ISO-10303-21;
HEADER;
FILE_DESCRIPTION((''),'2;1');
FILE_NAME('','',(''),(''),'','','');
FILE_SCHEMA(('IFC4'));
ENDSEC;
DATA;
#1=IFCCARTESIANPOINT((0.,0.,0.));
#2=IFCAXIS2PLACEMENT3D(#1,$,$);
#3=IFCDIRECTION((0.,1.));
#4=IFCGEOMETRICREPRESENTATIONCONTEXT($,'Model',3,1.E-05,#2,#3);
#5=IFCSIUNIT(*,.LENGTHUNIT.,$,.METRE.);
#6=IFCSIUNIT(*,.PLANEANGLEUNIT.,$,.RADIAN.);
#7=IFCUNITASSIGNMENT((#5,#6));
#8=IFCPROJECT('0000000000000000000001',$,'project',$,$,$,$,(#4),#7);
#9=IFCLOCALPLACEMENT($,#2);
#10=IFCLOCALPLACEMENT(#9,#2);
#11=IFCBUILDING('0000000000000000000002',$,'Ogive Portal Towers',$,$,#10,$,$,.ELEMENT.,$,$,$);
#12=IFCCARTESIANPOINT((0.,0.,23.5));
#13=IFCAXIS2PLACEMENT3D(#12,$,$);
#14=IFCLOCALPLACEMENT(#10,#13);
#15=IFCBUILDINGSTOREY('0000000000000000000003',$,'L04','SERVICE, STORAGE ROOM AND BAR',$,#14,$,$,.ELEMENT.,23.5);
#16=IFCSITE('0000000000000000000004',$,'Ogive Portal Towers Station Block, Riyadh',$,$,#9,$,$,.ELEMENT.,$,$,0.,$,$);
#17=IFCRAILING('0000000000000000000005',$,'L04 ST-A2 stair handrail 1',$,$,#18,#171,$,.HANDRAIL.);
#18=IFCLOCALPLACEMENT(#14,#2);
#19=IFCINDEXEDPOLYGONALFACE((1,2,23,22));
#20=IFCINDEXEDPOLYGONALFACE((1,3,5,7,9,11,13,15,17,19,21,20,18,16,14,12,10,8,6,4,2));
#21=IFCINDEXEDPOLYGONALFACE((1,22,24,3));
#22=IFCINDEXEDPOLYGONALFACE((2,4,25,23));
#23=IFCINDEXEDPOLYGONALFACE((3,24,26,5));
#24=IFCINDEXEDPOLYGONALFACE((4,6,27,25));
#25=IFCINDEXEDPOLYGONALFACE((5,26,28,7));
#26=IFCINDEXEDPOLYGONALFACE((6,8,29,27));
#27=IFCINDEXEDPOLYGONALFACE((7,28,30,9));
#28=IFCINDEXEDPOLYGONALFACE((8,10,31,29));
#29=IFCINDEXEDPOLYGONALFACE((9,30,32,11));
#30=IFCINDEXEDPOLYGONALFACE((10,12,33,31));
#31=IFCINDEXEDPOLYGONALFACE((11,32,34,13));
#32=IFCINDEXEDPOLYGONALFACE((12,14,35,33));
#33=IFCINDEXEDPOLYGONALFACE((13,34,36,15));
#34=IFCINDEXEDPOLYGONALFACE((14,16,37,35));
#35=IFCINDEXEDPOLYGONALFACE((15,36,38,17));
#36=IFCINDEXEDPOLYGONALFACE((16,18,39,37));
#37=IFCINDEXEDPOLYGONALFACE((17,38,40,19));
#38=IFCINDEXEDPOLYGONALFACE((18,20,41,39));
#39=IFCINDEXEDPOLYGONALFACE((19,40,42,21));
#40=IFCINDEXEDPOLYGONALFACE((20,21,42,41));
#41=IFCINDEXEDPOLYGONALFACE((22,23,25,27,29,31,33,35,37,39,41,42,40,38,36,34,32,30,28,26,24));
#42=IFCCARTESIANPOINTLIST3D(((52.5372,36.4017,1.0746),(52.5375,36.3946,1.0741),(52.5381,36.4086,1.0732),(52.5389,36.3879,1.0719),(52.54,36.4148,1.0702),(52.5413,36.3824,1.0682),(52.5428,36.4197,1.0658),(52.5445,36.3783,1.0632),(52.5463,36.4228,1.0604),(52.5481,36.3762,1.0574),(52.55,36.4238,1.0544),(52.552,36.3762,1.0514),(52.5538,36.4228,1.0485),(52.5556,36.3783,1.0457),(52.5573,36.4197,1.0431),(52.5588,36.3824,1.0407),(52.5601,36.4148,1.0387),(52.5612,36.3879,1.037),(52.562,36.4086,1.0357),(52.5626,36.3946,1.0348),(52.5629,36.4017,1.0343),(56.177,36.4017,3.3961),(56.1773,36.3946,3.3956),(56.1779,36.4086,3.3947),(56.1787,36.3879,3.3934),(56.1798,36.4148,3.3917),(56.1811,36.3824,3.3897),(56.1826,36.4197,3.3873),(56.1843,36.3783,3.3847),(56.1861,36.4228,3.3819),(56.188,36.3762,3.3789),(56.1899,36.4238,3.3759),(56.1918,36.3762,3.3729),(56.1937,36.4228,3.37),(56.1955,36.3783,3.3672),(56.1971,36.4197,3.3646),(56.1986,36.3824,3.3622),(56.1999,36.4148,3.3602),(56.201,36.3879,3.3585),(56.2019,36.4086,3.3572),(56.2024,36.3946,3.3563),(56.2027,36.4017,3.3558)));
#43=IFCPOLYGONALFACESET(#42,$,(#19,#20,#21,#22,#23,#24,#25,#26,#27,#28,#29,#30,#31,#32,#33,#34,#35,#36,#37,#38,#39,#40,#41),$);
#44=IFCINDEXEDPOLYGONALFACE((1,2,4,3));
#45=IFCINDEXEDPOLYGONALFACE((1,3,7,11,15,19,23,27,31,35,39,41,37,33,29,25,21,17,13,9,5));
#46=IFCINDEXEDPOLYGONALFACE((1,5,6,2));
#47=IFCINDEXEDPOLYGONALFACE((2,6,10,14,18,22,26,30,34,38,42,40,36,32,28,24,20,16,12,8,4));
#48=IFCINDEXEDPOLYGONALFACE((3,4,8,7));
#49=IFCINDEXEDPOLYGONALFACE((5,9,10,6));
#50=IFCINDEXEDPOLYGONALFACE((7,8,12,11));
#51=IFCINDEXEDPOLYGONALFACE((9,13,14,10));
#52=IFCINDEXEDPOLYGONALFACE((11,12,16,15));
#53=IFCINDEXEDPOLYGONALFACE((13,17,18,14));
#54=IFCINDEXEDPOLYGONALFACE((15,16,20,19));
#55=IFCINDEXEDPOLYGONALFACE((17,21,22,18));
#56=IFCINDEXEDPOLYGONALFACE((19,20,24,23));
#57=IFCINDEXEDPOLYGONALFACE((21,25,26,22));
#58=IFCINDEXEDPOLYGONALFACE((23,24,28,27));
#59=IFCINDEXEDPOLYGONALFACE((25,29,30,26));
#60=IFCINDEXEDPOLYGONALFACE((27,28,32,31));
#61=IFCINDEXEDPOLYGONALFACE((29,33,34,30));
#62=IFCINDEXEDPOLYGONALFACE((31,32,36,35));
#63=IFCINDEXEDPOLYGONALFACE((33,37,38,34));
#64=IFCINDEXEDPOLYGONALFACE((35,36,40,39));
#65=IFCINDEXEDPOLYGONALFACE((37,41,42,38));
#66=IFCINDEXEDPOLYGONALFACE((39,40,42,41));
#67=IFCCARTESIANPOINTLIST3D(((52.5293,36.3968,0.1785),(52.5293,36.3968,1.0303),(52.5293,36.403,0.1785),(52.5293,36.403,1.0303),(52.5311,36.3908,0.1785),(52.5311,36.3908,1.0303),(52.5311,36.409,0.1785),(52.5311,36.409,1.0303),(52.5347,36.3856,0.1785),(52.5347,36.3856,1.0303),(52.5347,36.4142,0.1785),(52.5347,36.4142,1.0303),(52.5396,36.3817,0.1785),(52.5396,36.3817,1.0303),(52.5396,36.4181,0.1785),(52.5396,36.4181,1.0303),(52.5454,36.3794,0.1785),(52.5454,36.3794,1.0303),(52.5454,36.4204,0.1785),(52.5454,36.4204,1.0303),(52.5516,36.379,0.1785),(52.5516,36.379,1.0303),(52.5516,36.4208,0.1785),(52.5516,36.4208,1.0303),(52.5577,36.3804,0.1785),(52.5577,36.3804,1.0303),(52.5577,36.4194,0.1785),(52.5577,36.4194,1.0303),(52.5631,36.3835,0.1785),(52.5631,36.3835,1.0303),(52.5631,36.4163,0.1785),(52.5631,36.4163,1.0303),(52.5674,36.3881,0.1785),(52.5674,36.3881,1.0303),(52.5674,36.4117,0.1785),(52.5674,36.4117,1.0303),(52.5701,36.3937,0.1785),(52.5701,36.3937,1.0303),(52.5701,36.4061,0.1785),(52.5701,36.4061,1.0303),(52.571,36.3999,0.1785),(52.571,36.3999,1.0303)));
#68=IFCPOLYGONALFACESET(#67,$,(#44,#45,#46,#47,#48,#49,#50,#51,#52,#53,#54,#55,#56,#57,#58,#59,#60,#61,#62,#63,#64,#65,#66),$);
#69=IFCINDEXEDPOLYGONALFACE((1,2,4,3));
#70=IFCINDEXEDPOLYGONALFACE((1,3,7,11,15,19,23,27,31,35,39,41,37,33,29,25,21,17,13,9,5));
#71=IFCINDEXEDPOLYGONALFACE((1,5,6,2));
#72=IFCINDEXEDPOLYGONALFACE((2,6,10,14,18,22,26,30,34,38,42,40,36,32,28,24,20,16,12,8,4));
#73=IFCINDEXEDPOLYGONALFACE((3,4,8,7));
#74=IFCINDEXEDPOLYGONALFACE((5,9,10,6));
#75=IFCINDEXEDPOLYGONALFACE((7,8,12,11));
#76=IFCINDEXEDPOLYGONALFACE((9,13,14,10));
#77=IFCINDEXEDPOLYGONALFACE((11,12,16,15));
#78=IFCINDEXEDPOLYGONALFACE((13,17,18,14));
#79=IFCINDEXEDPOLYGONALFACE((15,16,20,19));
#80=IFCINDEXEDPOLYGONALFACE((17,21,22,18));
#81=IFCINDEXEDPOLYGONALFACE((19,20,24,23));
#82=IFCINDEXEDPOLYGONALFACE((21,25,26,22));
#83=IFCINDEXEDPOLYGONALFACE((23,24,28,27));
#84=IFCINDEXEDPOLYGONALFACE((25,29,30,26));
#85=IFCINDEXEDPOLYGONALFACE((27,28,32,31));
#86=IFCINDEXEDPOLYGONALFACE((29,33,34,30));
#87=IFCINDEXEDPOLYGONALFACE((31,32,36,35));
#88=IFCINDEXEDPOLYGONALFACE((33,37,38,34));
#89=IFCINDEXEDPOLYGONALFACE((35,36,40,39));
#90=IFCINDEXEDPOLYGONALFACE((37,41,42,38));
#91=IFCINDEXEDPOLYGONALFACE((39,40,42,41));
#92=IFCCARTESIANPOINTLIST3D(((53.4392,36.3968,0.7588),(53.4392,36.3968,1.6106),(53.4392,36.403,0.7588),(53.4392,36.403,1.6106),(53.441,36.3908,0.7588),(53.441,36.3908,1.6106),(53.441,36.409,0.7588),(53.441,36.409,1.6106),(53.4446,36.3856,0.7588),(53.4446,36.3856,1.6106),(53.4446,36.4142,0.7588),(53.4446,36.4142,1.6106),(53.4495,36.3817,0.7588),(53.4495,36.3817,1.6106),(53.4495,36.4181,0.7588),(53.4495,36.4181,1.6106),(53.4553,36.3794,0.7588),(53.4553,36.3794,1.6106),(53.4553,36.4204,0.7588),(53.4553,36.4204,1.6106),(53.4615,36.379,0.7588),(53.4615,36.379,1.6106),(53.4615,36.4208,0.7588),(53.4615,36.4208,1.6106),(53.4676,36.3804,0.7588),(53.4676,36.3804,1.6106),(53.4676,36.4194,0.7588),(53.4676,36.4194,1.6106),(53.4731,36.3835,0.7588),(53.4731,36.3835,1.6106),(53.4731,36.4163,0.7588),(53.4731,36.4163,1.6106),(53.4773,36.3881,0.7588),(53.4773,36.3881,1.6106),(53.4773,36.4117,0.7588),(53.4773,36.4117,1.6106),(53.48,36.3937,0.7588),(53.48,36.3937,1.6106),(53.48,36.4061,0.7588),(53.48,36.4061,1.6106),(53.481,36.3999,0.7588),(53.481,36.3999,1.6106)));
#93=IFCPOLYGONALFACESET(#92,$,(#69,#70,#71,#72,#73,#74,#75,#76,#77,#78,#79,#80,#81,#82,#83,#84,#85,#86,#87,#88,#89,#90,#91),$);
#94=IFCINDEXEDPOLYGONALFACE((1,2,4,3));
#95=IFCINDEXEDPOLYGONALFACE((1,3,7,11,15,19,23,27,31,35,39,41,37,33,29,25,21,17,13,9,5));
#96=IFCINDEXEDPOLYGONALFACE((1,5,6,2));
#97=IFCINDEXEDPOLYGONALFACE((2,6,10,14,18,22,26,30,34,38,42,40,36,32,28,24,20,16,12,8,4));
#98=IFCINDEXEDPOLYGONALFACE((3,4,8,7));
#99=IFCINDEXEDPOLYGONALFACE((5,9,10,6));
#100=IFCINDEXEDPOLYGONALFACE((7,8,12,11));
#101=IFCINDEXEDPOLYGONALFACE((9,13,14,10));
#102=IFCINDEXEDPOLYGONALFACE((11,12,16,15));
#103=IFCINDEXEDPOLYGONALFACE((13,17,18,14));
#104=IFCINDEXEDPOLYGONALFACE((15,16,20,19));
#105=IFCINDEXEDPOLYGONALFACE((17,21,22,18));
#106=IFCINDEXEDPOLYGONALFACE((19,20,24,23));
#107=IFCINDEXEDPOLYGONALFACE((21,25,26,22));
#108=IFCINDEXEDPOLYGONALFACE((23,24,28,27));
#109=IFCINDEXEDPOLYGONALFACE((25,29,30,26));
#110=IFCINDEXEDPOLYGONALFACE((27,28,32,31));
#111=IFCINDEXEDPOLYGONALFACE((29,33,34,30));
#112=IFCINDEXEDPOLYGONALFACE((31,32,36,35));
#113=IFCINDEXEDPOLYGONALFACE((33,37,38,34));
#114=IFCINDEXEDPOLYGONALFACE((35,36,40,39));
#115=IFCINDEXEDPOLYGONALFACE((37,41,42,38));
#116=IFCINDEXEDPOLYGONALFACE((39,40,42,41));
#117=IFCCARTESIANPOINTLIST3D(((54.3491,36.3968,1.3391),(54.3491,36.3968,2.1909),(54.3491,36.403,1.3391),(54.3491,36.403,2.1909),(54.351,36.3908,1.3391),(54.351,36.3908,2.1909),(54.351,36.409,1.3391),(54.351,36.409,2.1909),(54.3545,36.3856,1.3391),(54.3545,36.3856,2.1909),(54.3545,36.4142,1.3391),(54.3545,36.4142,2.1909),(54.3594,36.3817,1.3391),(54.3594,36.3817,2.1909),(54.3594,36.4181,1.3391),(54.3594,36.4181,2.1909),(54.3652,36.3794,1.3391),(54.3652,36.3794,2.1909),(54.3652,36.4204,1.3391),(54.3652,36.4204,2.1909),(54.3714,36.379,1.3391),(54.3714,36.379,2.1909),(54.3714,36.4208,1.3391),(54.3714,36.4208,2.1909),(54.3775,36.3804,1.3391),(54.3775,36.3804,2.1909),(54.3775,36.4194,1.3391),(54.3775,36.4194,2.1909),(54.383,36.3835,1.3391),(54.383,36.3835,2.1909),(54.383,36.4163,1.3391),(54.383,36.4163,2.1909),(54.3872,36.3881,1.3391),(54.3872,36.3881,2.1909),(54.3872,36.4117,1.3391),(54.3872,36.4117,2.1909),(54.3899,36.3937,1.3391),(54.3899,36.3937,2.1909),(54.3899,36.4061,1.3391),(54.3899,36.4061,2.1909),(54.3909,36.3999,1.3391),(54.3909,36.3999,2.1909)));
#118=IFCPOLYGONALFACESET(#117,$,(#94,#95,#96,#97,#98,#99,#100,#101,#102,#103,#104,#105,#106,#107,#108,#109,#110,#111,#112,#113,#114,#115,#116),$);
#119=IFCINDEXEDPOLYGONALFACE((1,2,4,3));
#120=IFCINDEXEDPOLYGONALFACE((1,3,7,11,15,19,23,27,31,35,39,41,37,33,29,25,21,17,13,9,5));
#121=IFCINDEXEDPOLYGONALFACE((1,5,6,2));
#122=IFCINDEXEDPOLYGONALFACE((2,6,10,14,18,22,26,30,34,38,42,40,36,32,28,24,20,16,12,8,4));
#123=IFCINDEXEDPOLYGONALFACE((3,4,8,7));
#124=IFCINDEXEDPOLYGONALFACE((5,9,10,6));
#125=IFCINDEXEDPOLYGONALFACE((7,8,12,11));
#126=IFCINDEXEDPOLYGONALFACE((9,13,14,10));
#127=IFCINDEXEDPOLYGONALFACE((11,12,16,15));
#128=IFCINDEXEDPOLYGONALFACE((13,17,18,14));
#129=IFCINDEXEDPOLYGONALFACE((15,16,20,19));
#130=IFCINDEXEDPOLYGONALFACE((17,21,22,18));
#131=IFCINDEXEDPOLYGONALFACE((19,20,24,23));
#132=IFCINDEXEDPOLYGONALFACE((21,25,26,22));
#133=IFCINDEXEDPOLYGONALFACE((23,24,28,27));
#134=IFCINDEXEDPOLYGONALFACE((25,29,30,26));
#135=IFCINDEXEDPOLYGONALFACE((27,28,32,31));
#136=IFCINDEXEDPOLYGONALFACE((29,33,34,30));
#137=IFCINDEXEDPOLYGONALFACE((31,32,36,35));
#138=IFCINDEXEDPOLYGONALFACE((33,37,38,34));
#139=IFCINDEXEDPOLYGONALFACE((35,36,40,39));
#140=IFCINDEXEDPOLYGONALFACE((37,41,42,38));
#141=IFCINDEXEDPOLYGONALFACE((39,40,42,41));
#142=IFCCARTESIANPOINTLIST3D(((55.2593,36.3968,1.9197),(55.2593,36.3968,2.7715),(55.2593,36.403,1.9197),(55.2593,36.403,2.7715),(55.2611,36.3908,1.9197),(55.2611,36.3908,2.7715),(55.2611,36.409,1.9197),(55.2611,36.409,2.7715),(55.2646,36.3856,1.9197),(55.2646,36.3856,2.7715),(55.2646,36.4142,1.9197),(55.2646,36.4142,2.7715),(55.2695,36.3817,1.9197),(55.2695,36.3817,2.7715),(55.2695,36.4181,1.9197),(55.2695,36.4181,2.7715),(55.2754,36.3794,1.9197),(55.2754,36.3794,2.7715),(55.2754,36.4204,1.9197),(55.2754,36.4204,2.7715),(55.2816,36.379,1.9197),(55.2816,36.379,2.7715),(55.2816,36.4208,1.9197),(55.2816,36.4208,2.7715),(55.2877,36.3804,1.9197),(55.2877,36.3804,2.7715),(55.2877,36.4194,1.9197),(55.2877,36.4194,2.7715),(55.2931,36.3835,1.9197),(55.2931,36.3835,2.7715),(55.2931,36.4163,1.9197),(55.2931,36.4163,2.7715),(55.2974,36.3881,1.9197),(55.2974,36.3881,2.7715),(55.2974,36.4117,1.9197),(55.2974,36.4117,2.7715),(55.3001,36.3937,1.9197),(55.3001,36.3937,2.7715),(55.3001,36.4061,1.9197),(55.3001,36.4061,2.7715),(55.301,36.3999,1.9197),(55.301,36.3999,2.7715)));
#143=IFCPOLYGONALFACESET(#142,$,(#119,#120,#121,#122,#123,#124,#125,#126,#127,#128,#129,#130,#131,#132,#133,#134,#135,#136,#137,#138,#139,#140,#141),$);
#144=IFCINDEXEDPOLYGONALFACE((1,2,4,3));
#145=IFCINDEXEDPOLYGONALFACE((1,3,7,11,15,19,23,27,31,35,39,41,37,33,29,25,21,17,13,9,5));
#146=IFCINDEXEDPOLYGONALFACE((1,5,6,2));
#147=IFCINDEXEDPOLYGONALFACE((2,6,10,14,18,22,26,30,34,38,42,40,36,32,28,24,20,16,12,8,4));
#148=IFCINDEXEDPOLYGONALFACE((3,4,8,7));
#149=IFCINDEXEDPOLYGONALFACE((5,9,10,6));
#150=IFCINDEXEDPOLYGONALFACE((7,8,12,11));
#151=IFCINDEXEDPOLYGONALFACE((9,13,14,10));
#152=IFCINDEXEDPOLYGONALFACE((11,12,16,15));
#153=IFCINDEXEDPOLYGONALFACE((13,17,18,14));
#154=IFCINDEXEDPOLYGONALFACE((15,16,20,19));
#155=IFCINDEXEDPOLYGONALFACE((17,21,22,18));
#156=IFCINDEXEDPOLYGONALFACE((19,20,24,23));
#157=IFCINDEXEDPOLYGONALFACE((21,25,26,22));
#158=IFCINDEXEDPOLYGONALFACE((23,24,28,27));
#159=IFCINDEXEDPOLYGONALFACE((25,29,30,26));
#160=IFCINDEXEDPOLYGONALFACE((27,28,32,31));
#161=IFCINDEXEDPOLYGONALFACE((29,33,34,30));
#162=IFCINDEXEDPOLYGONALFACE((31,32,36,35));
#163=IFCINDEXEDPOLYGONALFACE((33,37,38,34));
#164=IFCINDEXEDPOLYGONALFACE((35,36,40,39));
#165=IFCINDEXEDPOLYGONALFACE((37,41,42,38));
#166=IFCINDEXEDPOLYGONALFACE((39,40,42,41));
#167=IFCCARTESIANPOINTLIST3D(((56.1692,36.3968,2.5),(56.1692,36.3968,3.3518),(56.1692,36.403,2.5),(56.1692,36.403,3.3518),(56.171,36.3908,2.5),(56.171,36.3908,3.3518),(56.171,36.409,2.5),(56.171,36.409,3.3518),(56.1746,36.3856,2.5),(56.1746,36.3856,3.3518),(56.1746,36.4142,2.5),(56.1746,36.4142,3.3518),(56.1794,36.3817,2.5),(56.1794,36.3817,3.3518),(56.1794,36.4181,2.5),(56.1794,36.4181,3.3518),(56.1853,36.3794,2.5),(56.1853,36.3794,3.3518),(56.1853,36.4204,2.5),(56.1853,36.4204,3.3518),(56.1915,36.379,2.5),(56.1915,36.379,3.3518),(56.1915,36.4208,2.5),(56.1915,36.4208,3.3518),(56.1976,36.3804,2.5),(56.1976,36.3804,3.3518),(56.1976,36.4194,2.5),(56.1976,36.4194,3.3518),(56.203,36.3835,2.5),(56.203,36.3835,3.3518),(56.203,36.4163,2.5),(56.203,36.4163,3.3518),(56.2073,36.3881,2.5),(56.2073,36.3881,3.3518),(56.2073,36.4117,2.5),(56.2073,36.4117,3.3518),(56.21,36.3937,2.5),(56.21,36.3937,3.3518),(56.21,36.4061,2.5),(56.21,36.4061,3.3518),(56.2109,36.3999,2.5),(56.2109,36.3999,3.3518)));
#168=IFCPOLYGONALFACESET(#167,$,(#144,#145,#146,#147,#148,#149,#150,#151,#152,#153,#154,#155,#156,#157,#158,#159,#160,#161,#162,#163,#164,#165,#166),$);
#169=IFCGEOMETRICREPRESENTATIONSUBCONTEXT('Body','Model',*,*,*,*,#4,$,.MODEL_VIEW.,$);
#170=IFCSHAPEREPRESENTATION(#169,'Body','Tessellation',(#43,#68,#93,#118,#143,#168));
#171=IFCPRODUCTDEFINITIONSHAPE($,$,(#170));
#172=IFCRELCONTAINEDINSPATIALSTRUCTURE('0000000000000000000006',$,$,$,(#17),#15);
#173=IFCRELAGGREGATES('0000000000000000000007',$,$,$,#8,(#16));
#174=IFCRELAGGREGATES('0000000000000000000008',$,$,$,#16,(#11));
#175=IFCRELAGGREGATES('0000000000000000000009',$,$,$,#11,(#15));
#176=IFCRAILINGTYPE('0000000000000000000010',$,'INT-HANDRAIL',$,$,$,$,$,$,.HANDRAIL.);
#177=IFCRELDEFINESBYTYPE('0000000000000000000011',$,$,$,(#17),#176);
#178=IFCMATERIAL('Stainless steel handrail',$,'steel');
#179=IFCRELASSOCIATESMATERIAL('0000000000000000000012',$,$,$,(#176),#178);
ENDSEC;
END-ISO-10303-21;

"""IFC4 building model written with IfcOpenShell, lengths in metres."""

from ifc_helpers import new_model, si_unit, direction, frame, origin, origin_2d, place, context, subcontext, project, spatial, circle, extrude, material, type_object, element, save


model = new_model("IFC4")

# Units and contexts
model_context = context("Model", 3, precision=1e-05, world=origin(), true_north=direction((0.0, 1.0)))
body_context = subcontext(model_context, "Body", "Model", "MODEL_VIEW")
ifc_project = project(units=[si_unit("LENGTHUNIT", "METRE"), si_unit("PLANEANGLEUNIT", "RADIAN")], contexts=[model_context])

# Site, building, storey
site_placement = place(None, origin())
site = spatial("IfcSite", under=ifc_project, at=site_placement, Name="Ogive Portal Towers Station Block, Riyadh", CompositionType="ELEMENT", RefElevation=0.0)
building_placement = place(site_placement, origin())
building = spatial("IfcBuilding", under=site, at=building_placement, Name="Ogive Portal Towers", CompositionType="ELEMENT")
storey_placement = place(building_placement, frame((0.0, 0.0, 23.5)))
storey = spatial("IfcBuildingStorey", under=building, at=storey_placement, Name="L04", Description="SERVICE, STORAGE ROOM AND BAR", CompositionType="ELEMENT", Elevation=23.5)

# Railing
ifc_material_1 = material(Name="Stainless steel handrail", Category="steel")
railing_type_1 = type_object("IfcRailingType", Name="INT-HANDRAIL", PredefinedType="HANDRAIL", material=ifc_material_1)
railing_1_placement = place(storey_placement, frame((52.55, 36.3999, 0.1785)))
element("IfcRailing", 1, at=railing_1_placement, inside=storey, type_object=railing_type_1, Name="L04 ST-A2 stair handrail 1", PredefinedType="HANDRAIL", context=body_context, shape_type="SweptSolid", body=[
    extrude(circle(Radius=0.0239, at=origin_2d()), frame((0.0, 0.0, 0.876), z_axis=(0.843112, 0.0, 0.537739), x_axis=(0.0, 1.0, 0.0)), (0.0, 0.0, 1.0), 4.3171),
    extrude(circle(Radius=0.021, at=origin_2d()), origin(), (0.0, 0.0, 1.0), 0.8518),
    extrude(circle(Radius=0.021, at=origin_2d()), frame((0.9099, 0.0, 0.5803)), (0.0, 0.0, 1.0), 0.8518),
    extrude(circle(Radius=0.021, at=origin_2d()), frame((1.8198, 0.0, 1.1606)), (0.0, 0.0, 1.0), 0.8518),
    extrude(circle(Radius=0.021, at=origin_2d()), frame((2.73, 0.0, 1.7412)), (0.0, 0.0, 1.0), 0.8518),
    extrude(circle(Radius=0.021, at=origin_2d()), frame((3.6399, 0.0, 2.3215)), (0.0, 0.0, 1.0), 0.8518),
])

save(model, "model.ifc")
